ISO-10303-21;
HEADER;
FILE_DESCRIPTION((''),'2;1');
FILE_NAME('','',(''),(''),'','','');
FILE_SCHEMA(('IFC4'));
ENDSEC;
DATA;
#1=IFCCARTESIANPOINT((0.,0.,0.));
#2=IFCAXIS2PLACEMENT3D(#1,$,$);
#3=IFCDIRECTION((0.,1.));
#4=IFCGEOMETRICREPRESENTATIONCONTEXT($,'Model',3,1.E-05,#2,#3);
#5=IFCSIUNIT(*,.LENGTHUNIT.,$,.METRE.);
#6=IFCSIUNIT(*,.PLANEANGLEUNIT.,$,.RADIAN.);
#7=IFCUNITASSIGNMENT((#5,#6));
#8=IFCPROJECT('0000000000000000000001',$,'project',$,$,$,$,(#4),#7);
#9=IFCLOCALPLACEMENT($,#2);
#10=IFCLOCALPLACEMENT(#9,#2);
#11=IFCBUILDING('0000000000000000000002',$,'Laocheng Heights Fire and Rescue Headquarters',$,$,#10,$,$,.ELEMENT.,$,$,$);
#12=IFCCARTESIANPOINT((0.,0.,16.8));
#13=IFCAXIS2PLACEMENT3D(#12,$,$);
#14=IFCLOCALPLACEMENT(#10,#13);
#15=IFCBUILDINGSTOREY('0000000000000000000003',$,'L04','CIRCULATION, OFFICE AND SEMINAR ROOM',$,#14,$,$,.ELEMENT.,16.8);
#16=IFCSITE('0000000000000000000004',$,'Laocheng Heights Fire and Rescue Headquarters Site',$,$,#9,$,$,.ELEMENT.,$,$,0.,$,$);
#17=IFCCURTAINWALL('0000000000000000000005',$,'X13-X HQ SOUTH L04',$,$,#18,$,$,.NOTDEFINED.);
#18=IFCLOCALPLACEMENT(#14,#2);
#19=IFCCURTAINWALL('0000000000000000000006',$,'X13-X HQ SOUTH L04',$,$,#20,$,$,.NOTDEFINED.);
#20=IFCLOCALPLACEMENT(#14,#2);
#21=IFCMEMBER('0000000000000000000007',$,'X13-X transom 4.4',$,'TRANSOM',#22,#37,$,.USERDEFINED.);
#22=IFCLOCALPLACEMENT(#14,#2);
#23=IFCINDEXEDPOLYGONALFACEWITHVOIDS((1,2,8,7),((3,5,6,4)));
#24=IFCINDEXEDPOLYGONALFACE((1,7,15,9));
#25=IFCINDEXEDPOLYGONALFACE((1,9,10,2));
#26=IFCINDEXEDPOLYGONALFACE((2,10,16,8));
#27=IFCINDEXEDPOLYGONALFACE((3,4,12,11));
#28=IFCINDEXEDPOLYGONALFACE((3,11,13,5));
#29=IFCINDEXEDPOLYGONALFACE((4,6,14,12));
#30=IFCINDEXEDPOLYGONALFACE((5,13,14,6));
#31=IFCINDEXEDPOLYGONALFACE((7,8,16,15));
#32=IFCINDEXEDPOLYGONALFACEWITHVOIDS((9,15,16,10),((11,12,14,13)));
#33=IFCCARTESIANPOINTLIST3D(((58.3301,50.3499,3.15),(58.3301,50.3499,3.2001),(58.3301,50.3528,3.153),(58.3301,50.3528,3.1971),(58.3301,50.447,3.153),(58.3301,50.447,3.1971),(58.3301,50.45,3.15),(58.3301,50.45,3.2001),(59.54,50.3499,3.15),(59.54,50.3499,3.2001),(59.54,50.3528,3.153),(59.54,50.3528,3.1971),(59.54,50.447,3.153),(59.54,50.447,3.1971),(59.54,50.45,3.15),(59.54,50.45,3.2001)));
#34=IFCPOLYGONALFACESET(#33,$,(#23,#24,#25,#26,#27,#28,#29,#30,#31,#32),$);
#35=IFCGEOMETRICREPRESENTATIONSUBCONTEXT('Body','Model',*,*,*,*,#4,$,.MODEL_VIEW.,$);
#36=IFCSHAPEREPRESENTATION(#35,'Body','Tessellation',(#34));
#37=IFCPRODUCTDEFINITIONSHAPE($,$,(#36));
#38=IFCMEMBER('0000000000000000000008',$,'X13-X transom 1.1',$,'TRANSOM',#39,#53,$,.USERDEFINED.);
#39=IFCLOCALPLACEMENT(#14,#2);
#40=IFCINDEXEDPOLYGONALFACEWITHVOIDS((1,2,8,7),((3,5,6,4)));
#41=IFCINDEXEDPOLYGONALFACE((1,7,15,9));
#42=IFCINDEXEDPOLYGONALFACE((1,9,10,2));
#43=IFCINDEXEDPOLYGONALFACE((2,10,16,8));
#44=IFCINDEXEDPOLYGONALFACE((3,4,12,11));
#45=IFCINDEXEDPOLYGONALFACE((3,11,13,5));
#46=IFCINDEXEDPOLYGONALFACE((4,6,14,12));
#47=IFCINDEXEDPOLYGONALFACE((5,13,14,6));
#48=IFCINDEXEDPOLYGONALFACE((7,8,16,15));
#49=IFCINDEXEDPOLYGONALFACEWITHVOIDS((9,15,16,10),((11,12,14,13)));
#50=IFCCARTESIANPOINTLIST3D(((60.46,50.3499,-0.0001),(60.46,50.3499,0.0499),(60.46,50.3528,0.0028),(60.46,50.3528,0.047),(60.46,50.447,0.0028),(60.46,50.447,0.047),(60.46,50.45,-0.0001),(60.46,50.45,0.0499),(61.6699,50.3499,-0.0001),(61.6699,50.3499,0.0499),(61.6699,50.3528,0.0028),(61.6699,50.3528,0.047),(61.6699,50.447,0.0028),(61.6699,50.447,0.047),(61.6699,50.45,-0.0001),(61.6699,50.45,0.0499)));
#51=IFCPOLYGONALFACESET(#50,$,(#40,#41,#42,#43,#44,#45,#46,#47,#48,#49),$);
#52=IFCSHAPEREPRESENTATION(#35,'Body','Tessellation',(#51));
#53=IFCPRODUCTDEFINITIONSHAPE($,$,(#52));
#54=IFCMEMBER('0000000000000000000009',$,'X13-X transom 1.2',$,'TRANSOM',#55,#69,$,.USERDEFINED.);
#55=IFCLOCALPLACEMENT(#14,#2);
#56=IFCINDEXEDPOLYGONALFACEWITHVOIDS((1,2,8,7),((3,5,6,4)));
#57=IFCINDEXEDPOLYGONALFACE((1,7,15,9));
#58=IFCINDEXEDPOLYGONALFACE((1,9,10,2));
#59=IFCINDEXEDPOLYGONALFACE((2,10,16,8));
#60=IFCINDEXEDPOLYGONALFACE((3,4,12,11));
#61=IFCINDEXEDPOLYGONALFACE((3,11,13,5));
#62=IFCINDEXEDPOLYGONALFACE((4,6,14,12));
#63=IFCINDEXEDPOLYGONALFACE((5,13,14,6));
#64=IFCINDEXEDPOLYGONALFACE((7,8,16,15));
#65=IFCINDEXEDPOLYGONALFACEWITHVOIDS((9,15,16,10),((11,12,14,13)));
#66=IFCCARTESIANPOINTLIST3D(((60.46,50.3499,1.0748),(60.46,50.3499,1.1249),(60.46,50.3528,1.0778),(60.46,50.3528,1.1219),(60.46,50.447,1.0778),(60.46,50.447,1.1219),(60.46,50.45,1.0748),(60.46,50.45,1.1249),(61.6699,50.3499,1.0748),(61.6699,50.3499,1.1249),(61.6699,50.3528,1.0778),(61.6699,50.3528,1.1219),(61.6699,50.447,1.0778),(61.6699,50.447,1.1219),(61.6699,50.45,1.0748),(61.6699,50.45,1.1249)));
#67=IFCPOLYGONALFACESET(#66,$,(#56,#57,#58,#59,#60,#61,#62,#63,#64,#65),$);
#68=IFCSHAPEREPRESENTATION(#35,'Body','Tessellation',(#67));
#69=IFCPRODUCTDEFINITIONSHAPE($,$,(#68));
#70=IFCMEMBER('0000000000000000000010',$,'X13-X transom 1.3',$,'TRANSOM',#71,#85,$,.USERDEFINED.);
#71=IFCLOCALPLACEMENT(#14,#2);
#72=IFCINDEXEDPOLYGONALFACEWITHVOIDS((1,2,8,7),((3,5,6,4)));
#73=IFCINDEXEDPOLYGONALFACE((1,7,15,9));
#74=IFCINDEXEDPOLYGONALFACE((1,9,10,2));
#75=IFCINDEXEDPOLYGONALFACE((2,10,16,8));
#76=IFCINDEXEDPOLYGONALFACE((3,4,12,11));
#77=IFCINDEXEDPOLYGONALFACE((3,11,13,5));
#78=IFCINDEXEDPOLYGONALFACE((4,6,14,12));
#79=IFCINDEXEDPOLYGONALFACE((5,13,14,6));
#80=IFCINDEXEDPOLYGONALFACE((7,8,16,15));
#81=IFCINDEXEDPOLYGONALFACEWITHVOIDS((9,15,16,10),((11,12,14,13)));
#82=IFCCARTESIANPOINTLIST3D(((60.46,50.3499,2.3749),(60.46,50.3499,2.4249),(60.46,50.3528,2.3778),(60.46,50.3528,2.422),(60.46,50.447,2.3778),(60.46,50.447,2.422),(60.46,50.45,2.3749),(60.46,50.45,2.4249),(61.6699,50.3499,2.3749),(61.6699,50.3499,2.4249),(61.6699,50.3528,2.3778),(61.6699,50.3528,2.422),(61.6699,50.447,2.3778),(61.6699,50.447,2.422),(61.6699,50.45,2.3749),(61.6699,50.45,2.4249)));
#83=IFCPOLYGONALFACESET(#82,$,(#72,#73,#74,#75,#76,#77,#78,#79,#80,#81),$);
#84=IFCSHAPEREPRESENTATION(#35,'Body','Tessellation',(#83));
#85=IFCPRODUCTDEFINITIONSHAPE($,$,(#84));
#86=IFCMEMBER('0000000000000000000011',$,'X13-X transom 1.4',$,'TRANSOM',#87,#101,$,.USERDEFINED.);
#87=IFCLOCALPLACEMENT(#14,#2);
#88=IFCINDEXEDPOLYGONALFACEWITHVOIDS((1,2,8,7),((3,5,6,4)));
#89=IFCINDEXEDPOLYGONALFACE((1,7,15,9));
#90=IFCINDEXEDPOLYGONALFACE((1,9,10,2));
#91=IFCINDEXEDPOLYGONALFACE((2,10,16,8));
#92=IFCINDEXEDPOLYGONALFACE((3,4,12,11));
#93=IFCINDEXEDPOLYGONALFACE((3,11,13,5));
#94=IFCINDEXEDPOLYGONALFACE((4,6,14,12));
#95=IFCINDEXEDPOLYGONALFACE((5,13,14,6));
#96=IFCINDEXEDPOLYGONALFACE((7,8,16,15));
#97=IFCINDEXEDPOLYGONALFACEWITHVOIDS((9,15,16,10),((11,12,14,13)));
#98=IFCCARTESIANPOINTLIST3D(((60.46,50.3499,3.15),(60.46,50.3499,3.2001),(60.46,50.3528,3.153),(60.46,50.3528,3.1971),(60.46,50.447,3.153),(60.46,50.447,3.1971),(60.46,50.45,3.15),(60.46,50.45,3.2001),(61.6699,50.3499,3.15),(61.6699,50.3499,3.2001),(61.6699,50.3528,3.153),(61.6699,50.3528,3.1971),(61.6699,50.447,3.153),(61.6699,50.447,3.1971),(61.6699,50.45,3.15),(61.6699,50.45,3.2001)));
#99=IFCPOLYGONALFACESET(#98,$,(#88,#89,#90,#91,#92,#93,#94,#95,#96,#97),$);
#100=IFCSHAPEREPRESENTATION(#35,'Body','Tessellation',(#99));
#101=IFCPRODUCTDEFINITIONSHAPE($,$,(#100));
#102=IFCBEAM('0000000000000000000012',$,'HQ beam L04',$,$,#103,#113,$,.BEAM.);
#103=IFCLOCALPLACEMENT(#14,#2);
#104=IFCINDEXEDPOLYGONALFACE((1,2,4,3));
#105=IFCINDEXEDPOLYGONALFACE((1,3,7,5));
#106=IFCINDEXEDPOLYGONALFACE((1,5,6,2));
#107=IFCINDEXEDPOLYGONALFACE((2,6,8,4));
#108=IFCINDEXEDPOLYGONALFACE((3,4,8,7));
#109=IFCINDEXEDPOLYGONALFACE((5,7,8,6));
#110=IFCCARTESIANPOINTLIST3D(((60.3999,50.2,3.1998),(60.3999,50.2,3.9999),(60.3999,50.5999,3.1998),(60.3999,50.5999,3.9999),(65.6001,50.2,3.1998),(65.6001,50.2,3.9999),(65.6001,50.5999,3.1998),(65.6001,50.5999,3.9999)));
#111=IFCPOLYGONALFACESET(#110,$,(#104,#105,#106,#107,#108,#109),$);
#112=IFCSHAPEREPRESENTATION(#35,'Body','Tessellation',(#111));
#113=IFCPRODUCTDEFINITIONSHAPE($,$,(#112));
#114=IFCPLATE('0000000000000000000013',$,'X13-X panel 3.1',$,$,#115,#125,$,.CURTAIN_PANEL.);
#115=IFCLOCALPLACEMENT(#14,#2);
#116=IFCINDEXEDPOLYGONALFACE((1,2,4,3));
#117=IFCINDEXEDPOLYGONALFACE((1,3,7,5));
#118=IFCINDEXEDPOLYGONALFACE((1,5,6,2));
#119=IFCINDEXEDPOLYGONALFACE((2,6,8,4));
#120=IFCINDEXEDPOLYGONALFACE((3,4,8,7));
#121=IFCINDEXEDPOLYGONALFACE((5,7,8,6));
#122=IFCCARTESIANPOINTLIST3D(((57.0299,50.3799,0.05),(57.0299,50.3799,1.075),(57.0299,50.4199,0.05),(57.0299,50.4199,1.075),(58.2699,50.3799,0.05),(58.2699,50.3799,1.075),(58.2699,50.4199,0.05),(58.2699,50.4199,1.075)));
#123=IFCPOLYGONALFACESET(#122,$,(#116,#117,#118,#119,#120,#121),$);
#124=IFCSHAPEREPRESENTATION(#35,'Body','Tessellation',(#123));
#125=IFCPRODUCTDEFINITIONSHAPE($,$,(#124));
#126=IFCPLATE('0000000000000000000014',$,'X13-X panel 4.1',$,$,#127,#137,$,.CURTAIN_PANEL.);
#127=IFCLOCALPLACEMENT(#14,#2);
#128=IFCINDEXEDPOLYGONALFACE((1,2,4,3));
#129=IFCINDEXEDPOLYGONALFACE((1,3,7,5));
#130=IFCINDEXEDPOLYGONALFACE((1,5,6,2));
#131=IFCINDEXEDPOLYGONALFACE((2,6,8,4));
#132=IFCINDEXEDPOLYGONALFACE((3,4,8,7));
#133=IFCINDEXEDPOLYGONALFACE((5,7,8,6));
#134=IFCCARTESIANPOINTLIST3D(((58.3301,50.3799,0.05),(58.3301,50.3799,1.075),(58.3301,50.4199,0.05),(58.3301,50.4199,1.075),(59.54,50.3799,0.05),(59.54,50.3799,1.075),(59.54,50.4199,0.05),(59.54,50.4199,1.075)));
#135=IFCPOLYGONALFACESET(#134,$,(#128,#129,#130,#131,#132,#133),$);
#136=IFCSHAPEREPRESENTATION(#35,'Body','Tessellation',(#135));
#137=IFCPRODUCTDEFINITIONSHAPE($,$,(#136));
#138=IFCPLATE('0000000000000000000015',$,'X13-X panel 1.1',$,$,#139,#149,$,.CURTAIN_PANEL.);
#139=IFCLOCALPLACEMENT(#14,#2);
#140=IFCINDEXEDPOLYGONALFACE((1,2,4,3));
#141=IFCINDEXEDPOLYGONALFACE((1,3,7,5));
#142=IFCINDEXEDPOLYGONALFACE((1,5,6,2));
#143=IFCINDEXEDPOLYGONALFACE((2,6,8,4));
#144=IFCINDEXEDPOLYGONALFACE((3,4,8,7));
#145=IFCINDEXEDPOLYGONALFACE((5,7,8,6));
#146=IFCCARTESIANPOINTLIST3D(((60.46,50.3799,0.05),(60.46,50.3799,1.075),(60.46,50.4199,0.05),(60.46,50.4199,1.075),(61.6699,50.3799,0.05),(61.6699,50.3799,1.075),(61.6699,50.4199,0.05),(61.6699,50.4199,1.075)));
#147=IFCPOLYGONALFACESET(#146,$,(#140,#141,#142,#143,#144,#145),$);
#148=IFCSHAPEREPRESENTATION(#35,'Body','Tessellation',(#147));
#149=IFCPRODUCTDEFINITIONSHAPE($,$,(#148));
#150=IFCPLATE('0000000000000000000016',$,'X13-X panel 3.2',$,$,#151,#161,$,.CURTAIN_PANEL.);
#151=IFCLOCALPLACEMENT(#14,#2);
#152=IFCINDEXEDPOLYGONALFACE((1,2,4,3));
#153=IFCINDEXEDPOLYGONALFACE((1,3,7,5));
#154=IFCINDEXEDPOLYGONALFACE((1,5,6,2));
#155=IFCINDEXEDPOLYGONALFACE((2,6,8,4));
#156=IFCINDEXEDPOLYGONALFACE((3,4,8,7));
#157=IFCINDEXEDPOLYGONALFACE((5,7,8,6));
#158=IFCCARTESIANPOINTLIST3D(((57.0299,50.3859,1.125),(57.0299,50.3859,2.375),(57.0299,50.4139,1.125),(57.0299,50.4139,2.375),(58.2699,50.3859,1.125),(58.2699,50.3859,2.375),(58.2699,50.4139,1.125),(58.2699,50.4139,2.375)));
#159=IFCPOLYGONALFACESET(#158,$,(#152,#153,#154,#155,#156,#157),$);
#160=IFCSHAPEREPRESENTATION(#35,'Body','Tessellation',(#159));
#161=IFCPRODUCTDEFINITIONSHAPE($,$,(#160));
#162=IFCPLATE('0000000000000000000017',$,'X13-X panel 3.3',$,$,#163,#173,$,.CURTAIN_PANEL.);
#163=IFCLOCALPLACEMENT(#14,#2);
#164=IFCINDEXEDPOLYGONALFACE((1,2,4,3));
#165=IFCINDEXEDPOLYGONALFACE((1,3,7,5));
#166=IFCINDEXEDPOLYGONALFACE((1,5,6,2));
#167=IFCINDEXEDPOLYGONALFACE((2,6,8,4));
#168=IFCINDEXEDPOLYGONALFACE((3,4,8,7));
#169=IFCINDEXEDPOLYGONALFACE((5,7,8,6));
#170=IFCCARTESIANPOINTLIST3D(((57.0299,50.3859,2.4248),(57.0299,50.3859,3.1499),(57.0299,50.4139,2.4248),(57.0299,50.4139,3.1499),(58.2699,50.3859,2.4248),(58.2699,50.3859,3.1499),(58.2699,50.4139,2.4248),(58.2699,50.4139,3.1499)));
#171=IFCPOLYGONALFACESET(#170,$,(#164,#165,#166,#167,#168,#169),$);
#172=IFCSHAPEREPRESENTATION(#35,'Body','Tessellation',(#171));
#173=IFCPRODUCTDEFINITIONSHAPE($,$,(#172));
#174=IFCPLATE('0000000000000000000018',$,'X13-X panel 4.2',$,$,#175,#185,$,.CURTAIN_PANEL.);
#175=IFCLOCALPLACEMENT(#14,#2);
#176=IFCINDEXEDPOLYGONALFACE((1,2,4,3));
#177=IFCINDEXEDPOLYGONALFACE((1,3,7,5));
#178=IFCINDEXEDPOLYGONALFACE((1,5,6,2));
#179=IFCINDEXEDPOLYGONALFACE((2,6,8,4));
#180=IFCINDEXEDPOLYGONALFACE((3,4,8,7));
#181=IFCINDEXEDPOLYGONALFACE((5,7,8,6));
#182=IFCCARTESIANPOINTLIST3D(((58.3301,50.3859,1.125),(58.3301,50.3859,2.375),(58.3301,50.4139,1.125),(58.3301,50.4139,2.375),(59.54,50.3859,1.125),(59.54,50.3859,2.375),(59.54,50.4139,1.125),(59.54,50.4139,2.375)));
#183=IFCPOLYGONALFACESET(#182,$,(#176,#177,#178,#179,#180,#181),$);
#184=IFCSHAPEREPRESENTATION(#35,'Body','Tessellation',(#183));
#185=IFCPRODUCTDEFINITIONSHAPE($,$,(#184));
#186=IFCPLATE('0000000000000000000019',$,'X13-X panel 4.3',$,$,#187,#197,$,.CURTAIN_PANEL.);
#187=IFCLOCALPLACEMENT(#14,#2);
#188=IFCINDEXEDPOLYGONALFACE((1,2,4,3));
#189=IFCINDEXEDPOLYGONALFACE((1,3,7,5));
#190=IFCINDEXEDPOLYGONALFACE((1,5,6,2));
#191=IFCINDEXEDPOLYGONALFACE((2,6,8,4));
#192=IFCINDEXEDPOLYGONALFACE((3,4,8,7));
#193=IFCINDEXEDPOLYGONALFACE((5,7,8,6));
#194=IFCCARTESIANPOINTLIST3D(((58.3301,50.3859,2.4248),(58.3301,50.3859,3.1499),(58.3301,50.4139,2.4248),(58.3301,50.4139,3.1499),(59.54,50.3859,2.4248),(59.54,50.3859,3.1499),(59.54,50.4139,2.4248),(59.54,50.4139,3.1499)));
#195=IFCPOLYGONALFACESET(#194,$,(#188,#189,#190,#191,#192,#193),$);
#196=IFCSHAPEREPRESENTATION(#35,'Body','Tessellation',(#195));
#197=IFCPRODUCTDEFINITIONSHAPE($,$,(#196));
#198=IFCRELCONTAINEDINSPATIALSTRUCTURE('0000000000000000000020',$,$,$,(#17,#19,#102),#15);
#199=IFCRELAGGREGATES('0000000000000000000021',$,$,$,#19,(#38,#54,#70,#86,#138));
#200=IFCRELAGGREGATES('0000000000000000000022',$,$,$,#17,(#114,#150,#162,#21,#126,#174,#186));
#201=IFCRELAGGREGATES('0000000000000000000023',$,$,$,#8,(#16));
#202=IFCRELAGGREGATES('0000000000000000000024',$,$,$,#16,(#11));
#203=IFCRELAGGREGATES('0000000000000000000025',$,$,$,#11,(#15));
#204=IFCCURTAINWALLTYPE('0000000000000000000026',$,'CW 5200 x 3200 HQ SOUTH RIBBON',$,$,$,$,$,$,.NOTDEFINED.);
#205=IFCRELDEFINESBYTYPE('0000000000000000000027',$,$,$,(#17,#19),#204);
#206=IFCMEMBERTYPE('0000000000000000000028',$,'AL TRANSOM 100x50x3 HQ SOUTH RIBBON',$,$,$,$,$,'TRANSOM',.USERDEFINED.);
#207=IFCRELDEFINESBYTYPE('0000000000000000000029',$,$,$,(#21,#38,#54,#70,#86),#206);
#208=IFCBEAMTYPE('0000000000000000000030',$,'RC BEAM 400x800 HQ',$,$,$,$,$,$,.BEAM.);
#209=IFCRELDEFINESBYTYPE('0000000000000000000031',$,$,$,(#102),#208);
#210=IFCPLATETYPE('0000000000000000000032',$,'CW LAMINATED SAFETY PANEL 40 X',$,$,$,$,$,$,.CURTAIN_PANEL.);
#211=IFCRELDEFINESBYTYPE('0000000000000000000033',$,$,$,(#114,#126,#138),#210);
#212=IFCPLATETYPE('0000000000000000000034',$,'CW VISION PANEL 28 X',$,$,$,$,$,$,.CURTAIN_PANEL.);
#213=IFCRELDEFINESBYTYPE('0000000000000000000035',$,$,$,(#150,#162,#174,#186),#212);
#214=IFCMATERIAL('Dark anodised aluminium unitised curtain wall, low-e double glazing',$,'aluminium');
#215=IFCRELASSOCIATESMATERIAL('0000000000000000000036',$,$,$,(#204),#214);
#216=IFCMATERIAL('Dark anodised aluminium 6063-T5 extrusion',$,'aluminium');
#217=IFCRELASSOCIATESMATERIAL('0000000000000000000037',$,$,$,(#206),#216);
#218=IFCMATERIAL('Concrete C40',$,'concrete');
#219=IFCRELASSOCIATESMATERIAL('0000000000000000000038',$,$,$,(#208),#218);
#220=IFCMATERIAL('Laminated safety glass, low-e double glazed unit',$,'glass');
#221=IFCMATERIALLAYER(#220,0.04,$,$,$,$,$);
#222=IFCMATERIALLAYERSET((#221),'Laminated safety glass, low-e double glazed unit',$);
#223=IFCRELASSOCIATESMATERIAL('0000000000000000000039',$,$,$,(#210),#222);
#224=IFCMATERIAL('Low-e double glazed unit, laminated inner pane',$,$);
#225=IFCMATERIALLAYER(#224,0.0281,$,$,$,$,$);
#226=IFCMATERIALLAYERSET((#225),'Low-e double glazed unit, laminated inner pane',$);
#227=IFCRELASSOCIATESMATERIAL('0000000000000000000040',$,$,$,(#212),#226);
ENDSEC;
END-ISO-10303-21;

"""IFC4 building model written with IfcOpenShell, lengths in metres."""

from ifc_helpers import new_model, si_unit, direction, frame, origin, origin_2d, place, context, subcontext, project, spatial, rectangle, hollow_rectangle, extrude, material, layer, layer_set, material_profile, profile_set, type_object, element, aggregate, save


model = new_model("IFC4")

# Units and contexts
model_context = context("Model", 3, precision=1e-05, world=origin(), true_north=direction((0.0, 1.0)))
body_context = subcontext(model_context, "Body", "Model", "MODEL_VIEW")
ifc_project = project(units=[si_unit("LENGTHUNIT", "METRE"), si_unit("PLANEANGLEUNIT", "RADIAN")], contexts=[model_context])

# Site, building, storey
site_placement = place(None, origin())
site = spatial("IfcSite", under=ifc_project, at=site_placement, Name="Laocheng Heights Fire and Rescue Headquarters Site", CompositionType="ELEMENT", RefElevation=0.0)
building_placement = place(site_placement, origin())
building = spatial("IfcBuilding", under=site, at=building_placement, Name="Laocheng Heights Fire and Rescue Headquarters", CompositionType="ELEMENT")
storey_placement = place(building_placement, frame((0.0, 0.0, 16.8)))
storey = spatial("IfcBuildingStorey", under=building, at=storey_placement, Name="L04", Description="CIRCULATION, OFFICE AND SEMINAR ROOM", CompositionType="ELEMENT", Elevation=16.8)

# Curtain wall
ifc_material_1 = material(Name="Dark anodised aluminium unitised curtain wall, low-e double glazing", Category="aluminium")
curtain_wall_type = type_object("IfcCurtainWallType", Name="CW 5200 x 3200 HQ SOUTH RIBBON", PredefinedType="NOTDEFINED", material=ifc_material_1)
curtain_wall_1_placement = place(storey_placement, origin())
curtain_wall_1 = element("IfcCurtainWall", 1, at=curtain_wall_1_placement, inside=storey, type_object=curtain_wall_type, Name="X13-X HQ SOUTH L04", PredefinedType="NOTDEFINED")

# Curtain wall
curtain_wall_2_placement = place(storey_placement, origin())
curtain_wall_2 = element("IfcCurtainWall", 2, at=curtain_wall_2_placement, inside=storey, type_object=curtain_wall_type, Name="X13-X HQ SOUTH L04", PredefinedType="NOTDEFINED")

# Members
ifc_material_2 = material(Name="Dark anodised aluminium 6063-T5 extrusion", Category="aluminium")
ifc_material_profile_1 = material_profile(ifc_material_2, hollow_rectangle(XDim=0.1001, YDim=0.05, WallThickness=0.0029, at=origin_2d()), Name="AL TRANSOM 100x50x3 HQ SOUTH RIBBON")
ifc_profile_set_1 = profile_set([ifc_material_profile_1], Name="Dark anodised aluminium 6063-T5 extrusion")
member_type_1 = type_object("IfcMemberType", Name="AL TRANSOM 100x50x3 HQ SOUTH RIBBON", ElementType="TRANSOM", PredefinedType="USERDEFINED", material=ifc_profile_set_1)
member_1_placement = place(storey_placement, frame((58.3301, 50.3999, 3.175), z_axis=(1.0, 0.0, 0.0), x_axis=(0.0, 1.0, 0.0)))
member_1 = element("IfcMember", 3, at=member_1_placement, type_object=member_type_1, Name="X13-X transom 4.4", ObjectType="TRANSOM", PredefinedType="USERDEFINED", context=body_context, shape_type="SweptSolid", body=[
    extrude(hollow_rectangle(XDim=0.1001, YDim=0.05, WallThickness=0.0029, at=origin_2d()), origin(), (0.0, 0.0, 1.0), 1.21),
])
member_2_placement = place(storey_placement, frame((60.46, 50.3999, 0.0249), z_axis=(1.0, 0.0, 0.0), x_axis=(0.0, 1.0, 0.0)))
member_2 = element("IfcMember", 4, at=member_2_placement, type_object=member_type_1, Name="X13-X transom 1.1", ObjectType="TRANSOM", PredefinedType="USERDEFINED", context=body_context, shape_type="SweptSolid", body=[
    extrude(hollow_rectangle(XDim=0.1001, YDim=0.05, WallThickness=0.0029, at=origin_2d()), origin(), (0.0, 0.0, 1.0), 1.21),
])
member_3_placement = place(storey_placement, frame((60.46, 50.3999, 1.0999), z_axis=(1.0, 0.0, 0.0), x_axis=(0.0, 1.0, 0.0)))
member_3 = element("IfcMember", 5, at=member_3_placement, type_object=member_type_1, Name="X13-X transom 1.2", ObjectType="TRANSOM", PredefinedType="USERDEFINED", context=body_context, shape_type="SweptSolid", body=[
    extrude(hollow_rectangle(XDim=0.1001, YDim=0.05, WallThickness=0.0029, at=origin_2d()), origin(), (0.0, 0.0, 1.0), 1.21),
])
member_4_placement = place(storey_placement, frame((60.46, 50.3999, 2.3999), z_axis=(1.0, 0.0, 0.0), x_axis=(0.0, 1.0, 0.0)))
member_4 = element("IfcMember", 6, at=member_4_placement, type_object=member_type_1, Name="X13-X transom 1.3", ObjectType="TRANSOM", PredefinedType="USERDEFINED", context=body_context, shape_type="SweptSolid", body=[
    extrude(hollow_rectangle(XDim=0.1001, YDim=0.05, WallThickness=0.0029, at=origin_2d()), origin(), (0.0, 0.0, 1.0), 1.21),
])
member_5_placement = place(storey_placement, frame((60.46, 50.3999, 3.175), z_axis=(1.0, 0.0, 0.0), x_axis=(0.0, 1.0, 0.0)))
member_5 = element("IfcMember", 7, at=member_5_placement, type_object=member_type_1, Name="X13-X transom 1.4", ObjectType="TRANSOM", PredefinedType="USERDEFINED", context=body_context, shape_type="SweptSolid", body=[
    extrude(hollow_rectangle(XDim=0.1001, YDim=0.05, WallThickness=0.0029, at=origin_2d()), origin(), (0.0, 0.0, 1.0), 1.21),
])

# Beam
ifc_material_3 = material(Name="Concrete C40", Category="concrete")
ifc_material_profile_2 = material_profile(ifc_material_3, rectangle(XDim=0.3999, YDim=0.8, at=origin_2d()), Name="RC BEAM 400x800 HQ")
ifc_profile_set_2 = profile_set([ifc_material_profile_2], Name="Concrete C40")
beam_type = type_object("IfcBeamType", Name="RC BEAM 400x800 HQ", PredefinedType="BEAM", material=ifc_profile_set_2)
beam_placement = place(storey_placement, frame((60.3999, 50.3999, 3.5999), z_axis=(1.0, 0.0, 0.0), x_axis=(0.0, 1.0, 0.0)))
element("IfcBeam", 8, at=beam_placement, inside=storey, type_object=beam_type, Name="HQ beam L04", PredefinedType="BEAM", context=body_context, shape_type="SweptSolid", body=[
    extrude(rectangle(XDim=0.3999, YDim=0.8, at=origin_2d()), origin(), (0.0, 0.0, 1.0), 5.2002),
])

# Plates
ifc_material_4 = material(Name="Laminated safety glass, low-e double glazed unit", Category="glass")
ifc_layer_1 = layer(ifc_material_4, 0.04)
ifc_layer_set_1 = layer_set([ifc_layer_1], Name="Laminated safety glass, low-e double glazed unit")
plate_type_1 = type_object("IfcPlateType", Name="CW LAMINATED SAFETY PANEL 40 X", PredefinedType="CURTAIN_PANEL", material=ifc_layer_set_1)
plate_1_placement = place(storey_placement, frame((57.6499, 50.3999, 0.05), z_axis=(0.0, 0.0, 1.0), x_axis=(1.0, 0.0, 0.0)))
plate_1 = element("IfcPlate", 9, at=plate_1_placement, type_object=plate_type_1, Name="X13-X panel 3.1", PredefinedType="CURTAIN_PANEL", context=body_context, shape_type="SweptSolid", body=[
    extrude(rectangle(XDim=1.24, YDim=0.04, at=origin_2d()), origin(), (0.0, 0.0, 1.0), 1.0249),
])
plate_2_placement = place(storey_placement, frame((58.9351, 50.3999, 0.05), z_axis=(0.0, 0.0, 1.0), x_axis=(1.0, 0.0, 0.0)))
plate_2 = element("IfcPlate", 10, at=plate_2_placement, type_object=plate_type_1, Name="X13-X panel 4.1", PredefinedType="CURTAIN_PANEL", context=body_context, shape_type="SweptSolid", body=[
    extrude(rectangle(XDim=1.21, YDim=0.04, at=origin_2d()), origin(), (0.0, 0.0, 1.0), 1.0249),
])
plate_3_placement = place(storey_placement, frame((61.0649, 50.3999, 0.05), z_axis=(0.0, 0.0, 1.0), x_axis=(1.0, 0.0, 0.0)))
plate_3 = element("IfcPlate", 11, at=plate_3_placement, type_object=plate_type_1, Name="X13-X panel 1.1", PredefinedType="CURTAIN_PANEL", context=body_context, shape_type="SweptSolid", body=[
    extrude(rectangle(XDim=1.21, YDim=0.04, at=origin_2d()), origin(), (0.0, 0.0, 1.0), 1.0249),
])
aggregate(curtain_wall_2, [member_2, member_3, member_4, member_5, plate_3])
ifc_material_5 = material(Name="Low-e double glazed unit, laminated inner pane")
ifc_layer_2 = layer(ifc_material_5, 0.0281)
ifc_layer_set_2 = layer_set([ifc_layer_2], Name="Low-e double glazed unit, laminated inner pane")
plate_type_2 = type_object("IfcPlateType", Name="CW VISION PANEL 28 X", PredefinedType="CURTAIN_PANEL", material=ifc_layer_set_2)
plate_4_placement = place(storey_placement, frame((57.6499, 50.3999, 1.125), z_axis=(0.0, 0.0, 1.0), x_axis=(1.0, 0.0, 0.0)))
plate_4 = element("IfcPlate", 12, at=plate_4_placement, type_object=plate_type_2, Name="X13-X panel 3.2", PredefinedType="CURTAIN_PANEL", context=body_context, shape_type="SweptSolid", body=[
    extrude(rectangle(XDim=1.24, YDim=0.0281, at=origin_2d()), origin(), (0.0, 0.0, 1.0), 1.25),
])
plate_5_placement = place(storey_placement, frame((57.6499, 50.3999, 2.4248), z_axis=(0.0, 0.0, 1.0), x_axis=(1.0, 0.0, 0.0)))
plate_5 = element("IfcPlate", 13, at=plate_5_placement, type_object=plate_type_2, Name="X13-X panel 3.3", PredefinedType="CURTAIN_PANEL", context=body_context, shape_type="SweptSolid", body=[
    extrude(rectangle(XDim=1.24, YDim=0.0281, at=origin_2d()), origin(), (0.0, 0.0, 1.0), 0.7251),
])
plate_6_placement = place(storey_placement, frame((58.9351, 50.3999, 1.125), z_axis=(0.0, 0.0, 1.0), x_axis=(1.0, 0.0, 0.0)))
plate_6 = element("IfcPlate", 14, at=plate_6_placement, type_object=plate_type_2, Name="X13-X panel 4.2", PredefinedType="CURTAIN_PANEL", context=body_context, shape_type="SweptSolid", body=[
    extrude(rectangle(XDim=1.21, YDim=0.0281, at=origin_2d()), origin(), (0.0, 0.0, 1.0), 1.25),
])
plate_7_placement = place(storey_placement, frame((58.9351, 50.3999, 2.4248), z_axis=(0.0, 0.0, 1.0), x_axis=(1.0, 0.0, 0.0)))
plate_7 = element("IfcPlate", 15, at=plate_7_placement, type_object=plate_type_2, Name="X13-X panel 4.3", PredefinedType="CURTAIN_PANEL", context=body_context, shape_type="SweptSolid", body=[
    extrude(rectangle(XDim=1.21, YDim=0.0281, at=origin_2d()), origin(), (0.0, 0.0, 1.0), 0.7251),
])
aggregate(curtain_wall_1, [plate_1, plate_4, plate_5, member_1, plate_2, plate_6, plate_7])

save(model, "model.ifc")
